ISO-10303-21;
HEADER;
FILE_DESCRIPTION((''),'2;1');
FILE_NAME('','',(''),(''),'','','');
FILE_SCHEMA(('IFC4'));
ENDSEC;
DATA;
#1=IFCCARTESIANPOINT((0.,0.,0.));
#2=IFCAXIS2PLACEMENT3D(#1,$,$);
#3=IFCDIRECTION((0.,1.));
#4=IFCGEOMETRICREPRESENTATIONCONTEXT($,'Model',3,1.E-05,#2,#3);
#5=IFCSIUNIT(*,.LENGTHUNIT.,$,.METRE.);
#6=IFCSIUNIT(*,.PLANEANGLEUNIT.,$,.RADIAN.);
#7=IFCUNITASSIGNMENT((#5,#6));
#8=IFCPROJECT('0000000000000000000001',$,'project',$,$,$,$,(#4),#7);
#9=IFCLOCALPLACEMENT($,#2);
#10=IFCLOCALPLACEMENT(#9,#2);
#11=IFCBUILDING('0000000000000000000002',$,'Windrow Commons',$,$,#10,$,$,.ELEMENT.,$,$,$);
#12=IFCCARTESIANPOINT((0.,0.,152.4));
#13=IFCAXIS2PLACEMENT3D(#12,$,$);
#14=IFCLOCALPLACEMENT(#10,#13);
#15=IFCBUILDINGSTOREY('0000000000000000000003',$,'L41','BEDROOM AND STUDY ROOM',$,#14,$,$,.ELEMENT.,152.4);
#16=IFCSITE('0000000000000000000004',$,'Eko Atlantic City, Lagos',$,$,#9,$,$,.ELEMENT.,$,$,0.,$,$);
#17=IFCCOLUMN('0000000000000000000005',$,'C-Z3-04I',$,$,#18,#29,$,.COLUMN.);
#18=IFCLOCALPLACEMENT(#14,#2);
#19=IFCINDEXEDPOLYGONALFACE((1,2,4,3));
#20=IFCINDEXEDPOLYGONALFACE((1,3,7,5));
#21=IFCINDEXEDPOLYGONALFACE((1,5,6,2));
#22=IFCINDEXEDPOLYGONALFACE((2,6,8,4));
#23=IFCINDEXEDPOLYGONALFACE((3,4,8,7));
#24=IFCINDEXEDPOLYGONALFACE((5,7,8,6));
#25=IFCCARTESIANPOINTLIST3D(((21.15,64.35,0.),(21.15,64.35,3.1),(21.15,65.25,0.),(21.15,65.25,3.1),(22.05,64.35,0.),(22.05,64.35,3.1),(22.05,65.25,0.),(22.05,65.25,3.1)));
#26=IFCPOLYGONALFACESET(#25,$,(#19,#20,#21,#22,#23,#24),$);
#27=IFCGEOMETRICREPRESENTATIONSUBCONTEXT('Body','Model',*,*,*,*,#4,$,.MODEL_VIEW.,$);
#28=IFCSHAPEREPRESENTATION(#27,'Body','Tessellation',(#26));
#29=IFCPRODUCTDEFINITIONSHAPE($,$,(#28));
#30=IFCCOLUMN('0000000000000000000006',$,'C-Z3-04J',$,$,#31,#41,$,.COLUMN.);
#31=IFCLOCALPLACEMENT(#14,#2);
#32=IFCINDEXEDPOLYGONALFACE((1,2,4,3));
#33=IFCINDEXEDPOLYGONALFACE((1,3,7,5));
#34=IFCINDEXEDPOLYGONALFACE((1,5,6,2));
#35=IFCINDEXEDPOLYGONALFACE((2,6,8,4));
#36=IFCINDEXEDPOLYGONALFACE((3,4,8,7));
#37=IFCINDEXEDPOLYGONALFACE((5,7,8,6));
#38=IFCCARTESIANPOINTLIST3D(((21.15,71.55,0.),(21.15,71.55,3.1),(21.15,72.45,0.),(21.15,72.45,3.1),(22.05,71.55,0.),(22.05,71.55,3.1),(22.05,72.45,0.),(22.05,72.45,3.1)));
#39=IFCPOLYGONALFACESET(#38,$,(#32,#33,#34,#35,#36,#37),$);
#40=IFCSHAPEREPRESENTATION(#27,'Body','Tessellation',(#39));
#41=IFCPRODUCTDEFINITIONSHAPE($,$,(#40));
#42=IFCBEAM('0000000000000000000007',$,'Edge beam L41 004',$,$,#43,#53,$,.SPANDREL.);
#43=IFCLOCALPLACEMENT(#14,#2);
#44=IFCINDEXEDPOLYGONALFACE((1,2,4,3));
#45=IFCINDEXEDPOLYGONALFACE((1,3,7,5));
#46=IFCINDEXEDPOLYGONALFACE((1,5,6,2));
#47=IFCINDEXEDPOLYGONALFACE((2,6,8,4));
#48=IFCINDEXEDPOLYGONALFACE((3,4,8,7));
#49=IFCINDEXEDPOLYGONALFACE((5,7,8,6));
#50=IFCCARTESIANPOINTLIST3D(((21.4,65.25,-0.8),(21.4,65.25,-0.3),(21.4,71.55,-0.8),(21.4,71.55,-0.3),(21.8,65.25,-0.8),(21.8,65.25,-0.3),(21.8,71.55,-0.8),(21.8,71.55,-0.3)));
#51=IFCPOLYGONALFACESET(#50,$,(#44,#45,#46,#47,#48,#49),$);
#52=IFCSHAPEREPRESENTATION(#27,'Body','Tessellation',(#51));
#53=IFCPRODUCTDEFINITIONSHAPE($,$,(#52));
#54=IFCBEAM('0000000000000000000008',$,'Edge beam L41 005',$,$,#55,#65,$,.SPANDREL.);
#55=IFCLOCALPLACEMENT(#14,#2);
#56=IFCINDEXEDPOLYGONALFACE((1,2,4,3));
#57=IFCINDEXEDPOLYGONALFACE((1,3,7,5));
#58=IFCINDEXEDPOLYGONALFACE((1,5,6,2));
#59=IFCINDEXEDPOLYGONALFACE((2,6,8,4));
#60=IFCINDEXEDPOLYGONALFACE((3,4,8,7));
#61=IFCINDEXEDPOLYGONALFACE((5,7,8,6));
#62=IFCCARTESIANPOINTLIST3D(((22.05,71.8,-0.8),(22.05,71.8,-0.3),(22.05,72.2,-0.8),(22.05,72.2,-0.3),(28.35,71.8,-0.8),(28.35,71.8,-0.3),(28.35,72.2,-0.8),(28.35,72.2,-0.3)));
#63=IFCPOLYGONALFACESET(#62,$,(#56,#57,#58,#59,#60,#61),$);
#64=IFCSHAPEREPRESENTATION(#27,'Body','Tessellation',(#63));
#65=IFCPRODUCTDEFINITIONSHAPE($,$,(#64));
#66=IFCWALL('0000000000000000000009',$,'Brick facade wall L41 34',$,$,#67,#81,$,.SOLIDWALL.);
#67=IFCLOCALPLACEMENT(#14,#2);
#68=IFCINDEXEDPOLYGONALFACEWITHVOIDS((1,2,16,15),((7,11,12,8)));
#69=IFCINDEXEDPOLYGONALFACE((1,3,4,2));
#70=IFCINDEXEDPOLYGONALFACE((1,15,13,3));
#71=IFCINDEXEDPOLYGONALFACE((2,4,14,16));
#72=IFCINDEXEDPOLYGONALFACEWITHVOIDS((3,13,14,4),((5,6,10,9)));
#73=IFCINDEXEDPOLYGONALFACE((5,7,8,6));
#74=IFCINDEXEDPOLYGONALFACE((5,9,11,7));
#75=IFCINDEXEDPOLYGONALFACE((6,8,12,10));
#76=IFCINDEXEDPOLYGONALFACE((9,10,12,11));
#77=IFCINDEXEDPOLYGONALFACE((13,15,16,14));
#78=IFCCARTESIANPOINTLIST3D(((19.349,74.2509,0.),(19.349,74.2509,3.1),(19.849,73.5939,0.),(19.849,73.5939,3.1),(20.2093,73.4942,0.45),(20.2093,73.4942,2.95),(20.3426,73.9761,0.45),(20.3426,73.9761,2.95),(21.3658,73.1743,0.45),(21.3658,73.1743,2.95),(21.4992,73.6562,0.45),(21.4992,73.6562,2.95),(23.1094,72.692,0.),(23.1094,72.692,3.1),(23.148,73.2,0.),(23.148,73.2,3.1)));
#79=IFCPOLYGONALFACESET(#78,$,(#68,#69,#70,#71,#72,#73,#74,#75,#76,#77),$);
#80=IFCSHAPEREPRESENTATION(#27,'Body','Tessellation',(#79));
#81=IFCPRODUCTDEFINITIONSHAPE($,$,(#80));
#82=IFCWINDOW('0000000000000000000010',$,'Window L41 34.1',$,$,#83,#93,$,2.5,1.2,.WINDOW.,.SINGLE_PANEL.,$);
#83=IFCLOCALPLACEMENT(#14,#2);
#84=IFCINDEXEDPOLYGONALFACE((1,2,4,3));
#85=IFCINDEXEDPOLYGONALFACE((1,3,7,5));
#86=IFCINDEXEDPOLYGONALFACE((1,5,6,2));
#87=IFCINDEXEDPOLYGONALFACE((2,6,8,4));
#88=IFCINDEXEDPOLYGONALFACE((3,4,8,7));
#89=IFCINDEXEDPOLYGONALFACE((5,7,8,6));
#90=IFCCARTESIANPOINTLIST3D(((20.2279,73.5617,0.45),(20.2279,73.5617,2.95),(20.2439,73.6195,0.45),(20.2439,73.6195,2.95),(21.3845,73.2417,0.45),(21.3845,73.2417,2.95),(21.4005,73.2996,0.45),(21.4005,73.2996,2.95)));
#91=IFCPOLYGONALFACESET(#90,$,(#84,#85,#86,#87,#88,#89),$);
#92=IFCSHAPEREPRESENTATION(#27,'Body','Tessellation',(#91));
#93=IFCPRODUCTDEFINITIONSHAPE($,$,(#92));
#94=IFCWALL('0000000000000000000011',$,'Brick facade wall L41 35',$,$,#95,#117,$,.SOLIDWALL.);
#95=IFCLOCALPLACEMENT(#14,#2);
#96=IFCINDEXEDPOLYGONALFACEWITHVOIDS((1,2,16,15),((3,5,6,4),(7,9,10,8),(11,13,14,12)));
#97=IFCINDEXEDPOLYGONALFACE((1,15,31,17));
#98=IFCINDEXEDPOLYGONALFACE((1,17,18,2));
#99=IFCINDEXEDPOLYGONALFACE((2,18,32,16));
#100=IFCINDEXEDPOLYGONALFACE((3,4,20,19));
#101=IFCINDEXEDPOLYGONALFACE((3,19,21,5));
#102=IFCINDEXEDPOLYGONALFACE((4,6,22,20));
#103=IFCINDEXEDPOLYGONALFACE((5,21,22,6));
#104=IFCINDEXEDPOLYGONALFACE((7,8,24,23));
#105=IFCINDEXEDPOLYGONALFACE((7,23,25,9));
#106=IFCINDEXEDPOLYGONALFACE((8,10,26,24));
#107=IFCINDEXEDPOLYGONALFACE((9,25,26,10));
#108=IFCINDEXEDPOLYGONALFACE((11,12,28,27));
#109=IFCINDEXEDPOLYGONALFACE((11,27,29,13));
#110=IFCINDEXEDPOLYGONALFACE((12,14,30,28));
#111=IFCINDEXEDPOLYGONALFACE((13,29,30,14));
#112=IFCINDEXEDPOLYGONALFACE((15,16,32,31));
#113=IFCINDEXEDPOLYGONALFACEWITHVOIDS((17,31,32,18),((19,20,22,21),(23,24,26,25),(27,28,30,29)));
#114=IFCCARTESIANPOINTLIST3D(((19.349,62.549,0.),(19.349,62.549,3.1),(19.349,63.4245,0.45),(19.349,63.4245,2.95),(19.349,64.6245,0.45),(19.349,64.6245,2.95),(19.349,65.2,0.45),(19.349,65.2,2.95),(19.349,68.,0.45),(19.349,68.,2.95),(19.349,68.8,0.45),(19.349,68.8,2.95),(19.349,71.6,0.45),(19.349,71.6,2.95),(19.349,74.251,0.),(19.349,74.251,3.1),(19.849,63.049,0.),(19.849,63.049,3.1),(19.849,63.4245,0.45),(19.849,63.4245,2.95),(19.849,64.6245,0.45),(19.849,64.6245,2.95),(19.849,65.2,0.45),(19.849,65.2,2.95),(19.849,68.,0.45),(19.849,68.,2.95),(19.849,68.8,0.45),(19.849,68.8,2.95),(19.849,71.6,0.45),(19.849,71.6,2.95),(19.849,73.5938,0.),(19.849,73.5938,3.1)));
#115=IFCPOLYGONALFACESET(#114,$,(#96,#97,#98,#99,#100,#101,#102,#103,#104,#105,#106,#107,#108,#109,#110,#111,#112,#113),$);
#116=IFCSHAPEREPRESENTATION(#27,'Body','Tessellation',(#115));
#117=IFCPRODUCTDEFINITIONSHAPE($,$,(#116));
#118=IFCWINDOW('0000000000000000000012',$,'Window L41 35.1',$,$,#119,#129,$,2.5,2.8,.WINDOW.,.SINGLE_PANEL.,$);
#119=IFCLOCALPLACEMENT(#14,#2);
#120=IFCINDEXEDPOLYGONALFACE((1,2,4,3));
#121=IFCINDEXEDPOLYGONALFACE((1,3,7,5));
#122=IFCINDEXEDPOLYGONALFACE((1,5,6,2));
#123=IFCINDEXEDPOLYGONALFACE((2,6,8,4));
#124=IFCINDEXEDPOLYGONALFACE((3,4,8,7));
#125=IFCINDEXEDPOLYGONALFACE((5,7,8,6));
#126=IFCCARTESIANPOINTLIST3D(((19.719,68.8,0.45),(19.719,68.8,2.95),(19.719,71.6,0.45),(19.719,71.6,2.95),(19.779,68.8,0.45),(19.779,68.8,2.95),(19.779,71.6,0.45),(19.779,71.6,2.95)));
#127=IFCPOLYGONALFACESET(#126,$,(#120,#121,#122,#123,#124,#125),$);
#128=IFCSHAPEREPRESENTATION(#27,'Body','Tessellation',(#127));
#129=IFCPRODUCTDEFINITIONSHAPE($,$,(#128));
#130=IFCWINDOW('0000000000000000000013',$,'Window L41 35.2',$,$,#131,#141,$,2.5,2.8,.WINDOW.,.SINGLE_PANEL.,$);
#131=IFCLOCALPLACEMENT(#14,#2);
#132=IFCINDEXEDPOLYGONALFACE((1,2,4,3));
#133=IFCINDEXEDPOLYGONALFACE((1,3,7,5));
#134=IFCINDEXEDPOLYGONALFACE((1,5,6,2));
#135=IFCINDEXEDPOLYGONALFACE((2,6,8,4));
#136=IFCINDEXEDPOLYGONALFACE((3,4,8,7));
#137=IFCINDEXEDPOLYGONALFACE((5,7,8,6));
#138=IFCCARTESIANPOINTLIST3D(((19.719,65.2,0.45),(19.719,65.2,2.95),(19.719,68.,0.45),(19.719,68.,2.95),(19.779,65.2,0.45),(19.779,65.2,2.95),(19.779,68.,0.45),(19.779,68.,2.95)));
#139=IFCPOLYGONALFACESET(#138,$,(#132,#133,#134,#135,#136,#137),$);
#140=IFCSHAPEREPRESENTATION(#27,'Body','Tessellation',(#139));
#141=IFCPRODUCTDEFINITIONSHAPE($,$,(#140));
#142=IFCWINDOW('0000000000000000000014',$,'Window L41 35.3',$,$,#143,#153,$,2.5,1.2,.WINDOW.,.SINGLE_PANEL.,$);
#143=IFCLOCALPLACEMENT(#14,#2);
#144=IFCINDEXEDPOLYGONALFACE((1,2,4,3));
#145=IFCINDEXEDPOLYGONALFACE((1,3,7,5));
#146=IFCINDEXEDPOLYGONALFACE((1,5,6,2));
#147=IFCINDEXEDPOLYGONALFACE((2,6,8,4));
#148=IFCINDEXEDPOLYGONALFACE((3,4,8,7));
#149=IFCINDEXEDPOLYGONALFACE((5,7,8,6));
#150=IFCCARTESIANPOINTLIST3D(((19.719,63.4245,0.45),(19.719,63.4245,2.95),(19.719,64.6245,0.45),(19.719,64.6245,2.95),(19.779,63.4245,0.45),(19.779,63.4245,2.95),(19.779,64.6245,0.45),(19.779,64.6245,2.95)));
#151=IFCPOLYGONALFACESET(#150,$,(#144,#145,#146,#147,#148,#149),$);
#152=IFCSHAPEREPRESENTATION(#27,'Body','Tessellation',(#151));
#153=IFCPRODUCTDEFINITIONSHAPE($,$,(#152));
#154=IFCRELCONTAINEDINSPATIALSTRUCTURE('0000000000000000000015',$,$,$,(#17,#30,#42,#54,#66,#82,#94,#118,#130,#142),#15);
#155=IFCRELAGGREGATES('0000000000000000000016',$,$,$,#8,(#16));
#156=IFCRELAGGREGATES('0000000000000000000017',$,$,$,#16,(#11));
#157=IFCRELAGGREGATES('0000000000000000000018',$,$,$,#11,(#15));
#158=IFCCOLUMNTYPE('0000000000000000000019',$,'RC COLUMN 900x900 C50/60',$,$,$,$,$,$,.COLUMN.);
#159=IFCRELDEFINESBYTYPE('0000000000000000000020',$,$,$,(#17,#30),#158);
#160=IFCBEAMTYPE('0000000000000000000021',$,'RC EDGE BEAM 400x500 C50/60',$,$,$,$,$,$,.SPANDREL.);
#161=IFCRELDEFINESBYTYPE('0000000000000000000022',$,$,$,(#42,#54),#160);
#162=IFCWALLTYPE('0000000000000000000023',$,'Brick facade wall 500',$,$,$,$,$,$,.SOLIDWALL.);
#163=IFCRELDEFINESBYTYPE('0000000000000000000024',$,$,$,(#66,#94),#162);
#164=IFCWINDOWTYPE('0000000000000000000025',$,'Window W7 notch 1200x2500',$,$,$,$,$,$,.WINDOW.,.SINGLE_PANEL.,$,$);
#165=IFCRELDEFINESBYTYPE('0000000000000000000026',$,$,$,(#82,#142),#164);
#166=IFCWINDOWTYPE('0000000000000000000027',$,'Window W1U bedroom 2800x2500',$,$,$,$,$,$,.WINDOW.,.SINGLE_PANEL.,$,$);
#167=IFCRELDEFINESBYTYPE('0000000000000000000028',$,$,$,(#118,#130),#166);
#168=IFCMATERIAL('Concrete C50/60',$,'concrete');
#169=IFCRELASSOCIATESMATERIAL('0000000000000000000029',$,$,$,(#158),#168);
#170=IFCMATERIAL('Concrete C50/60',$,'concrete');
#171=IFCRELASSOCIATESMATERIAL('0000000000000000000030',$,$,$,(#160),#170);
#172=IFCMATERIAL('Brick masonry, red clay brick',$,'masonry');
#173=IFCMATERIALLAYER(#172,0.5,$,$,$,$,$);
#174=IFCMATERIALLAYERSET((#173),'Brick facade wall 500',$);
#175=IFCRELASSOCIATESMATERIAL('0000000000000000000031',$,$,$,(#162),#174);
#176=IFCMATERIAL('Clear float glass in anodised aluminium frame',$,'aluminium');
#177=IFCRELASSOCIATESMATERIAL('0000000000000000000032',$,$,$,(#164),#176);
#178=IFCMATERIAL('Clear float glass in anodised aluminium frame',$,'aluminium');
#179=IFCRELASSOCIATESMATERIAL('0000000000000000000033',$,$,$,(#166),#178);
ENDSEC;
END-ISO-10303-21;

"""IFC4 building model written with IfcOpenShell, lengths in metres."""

from ifc_helpers import new_model, si_unit, direction, frame, frame_2d, origin, origin_2d, place, context, subcontext, project, spatial, polyline, rectangle, outline, extrude, material, layer, layer_set, material_profile, profile_set, type_object, element, fill, save


model = new_model("IFC4")

# Units and contexts
model_context = context("Model", 3, precision=1e-05, world=origin(), true_north=direction((0.0, 1.0)))
body_context = subcontext(model_context, "Body", "Model", "MODEL_VIEW")
ifc_project = project(units=[si_unit("LENGTHUNIT", "METRE"), si_unit("PLANEANGLEUNIT", "RADIAN")], contexts=[model_context])

# Site, building, storey
site_placement = place(None, origin())
site = spatial("IfcSite", under=ifc_project, at=site_placement, Name="Eko Atlantic City, Lagos", CompositionType="ELEMENT", RefElevation=0.0)
building_placement = place(site_placement, origin())
building = spatial("IfcBuilding", under=site, at=building_placement, Name="Windrow Commons", CompositionType="ELEMENT")
storey_placement = place(building_placement, frame((0.0, 0.0, 152.4)))
storey = spatial("IfcBuildingStorey", under=building, at=storey_placement, Name="L41", Description="BEDROOM AND STUDY ROOM", CompositionType="ELEMENT", Elevation=152.4)

# Columns
ifc_material_1 = material(Name="Concrete C50/60", Category="concrete")
ifc_material_profile_1 = material_profile(ifc_material_1, rectangle(XDim=0.9, YDim=0.9, at=origin_2d()))
ifc_profile_set_1 = profile_set([ifc_material_profile_1], Name="Concrete C50/60")
column_type = type_object("IfcColumnType", Name="RC COLUMN 900x900 C50/60", PredefinedType="COLUMN", material=ifc_profile_set_1)
for number, where, z_axis, x_axis, name in (
    (1, (21.6, 64.8, 0.0), (0.0, 0.0, 1.0), (1.0, 0.0, 0.0), "C-Z3-04I"),
    (2, (21.6, 72.0, 0.0), (0.0, 0.0, 1.0), (1.0, 0.0, 0.0), "C-Z3-04J"),
):
    element("IfcColumn", number, at=place(storey_placement, frame(where, z_axis=z_axis, x_axis=x_axis)), inside=storey, type_object=column_type, Name=name, PredefinedType="COLUMN", context=body_context, shape_type="SweptSolid", body=[
        extrude(rectangle(XDim=0.9, YDim=0.9, at=origin_2d()), origin(), (0.0, 0.0, 1.0), 3.1),
    ])

# Beams
ifc_material_2 = material(Name="Concrete C50/60", Category="concrete")
ifc_material_profile_2 = material_profile(ifc_material_2, rectangle(XDim=0.4, YDim=0.5, at=origin_2d()))
ifc_profile_set_2 = profile_set([ifc_material_profile_2], Name="Concrete C50/60")
beam_type = type_object("IfcBeamType", Name="RC EDGE BEAM 400x500 C50/60", PredefinedType="SPANDREL", material=ifc_profile_set_2)
for number, where, z_axis, x_axis, name in (
    (3, (21.6, 65.25, -0.55), (0.0, 1.0, 0.0), (-1.0, 0.0, 0.0), "Edge beam L41 004"),
    (4, (22.05, 72.0, -0.55), (1.0, 0.0, 0.0), (0.0, 1.0, 0.0), "Edge beam L41 005"),
):
    element("IfcBeam", number, at=place(storey_placement, frame(where, z_axis=z_axis, x_axis=x_axis)), inside=storey, type_object=beam_type, Name=name, PredefinedType="SPANDREL", context=body_context, shape_type="SweptSolid", body=[
        extrude(rectangle(XDim=0.4, YDim=0.5, at=origin_2d()), origin(), (0.0, 0.0, 1.0), 6.3),
    ])

# Wall, opening, window
ifc_material_3 = material(Name="Brick masonry, red clay brick", Category="masonry")
ifc_layer_1 = layer(ifc_material_3, 0.5)
ifc_layer_set_1 = layer_set([ifc_layer_1], Name="Brick facade wall 500")
wall_type_1 = type_object("IfcWallType", Name="Brick facade wall 500", PredefinedType="SOLIDWALL", material=ifc_layer_set_1)
wall_1_placement = place(storey_placement, frame((23.1287, 72.946, 0.0), z_axis=(0.0, 0.0, 1.0), x_axis=(-0.963804, 0.266611, 0.0)))
wall_1 = element("IfcWall", 5, at=wall_1_placement, inside=storey, type_object=wall_type_1, Name="Brick facade wall L41 34", PredefinedType="SOLIDWALL", context=body_context, shape_type="SweptSolid", body=[
    extrude(outline(polyline([(0.0491, -0.25), (3.9908, -0.25), (3.3337, 0.25), (-0.0491, 0.25), (0.0491, -0.25)])), origin(), (0.0, 0.0, 1.0), 3.1),
])
opening_1_placement = place(wall_1_placement, frame((1.7599, 0.0, 0.45)))
opening_1 = element("IfcOpeningElement", 6, at=opening_1_placement, cuts=wall_1, PredefinedType="OPENING", context=body_context, shape_type="SweptSolid", body=[
    extrude(rectangle(XDim=1.2, YDim=2.5, at=frame_2d((0.6, 1.25))), frame((0.0, 0.26, 0.0), z_axis=(0.0, -1.0, 0.0), x_axis=(1.0, 0.0, 0.0)), (0.0, 0.0, 1.0), 0.52),
])
ifc_material_4 = material(Name="Clear float glass in anodised aluminium frame", Category="aluminium")
window_type_1 = type_object("IfcWindowType", Name="Window W7 notch 1200x2500", PartitioningType="SINGLE_PANEL", PredefinedType="WINDOW", material=ifc_material_4)
window_1_placement = place(opening_1_placement, origin())
window_1 = element("IfcWindow", 7, at=window_1_placement, inside=storey, type_object=window_type_1, Name="Window L41 34.1", OverallHeight=2.5, OverallWidth=1.2, PartitioningType="SINGLE_PANEL", PredefinedType="WINDOW", context=body_context, shape_type="SweptSolid", body=[
    extrude(rectangle(XDim=1.2, YDim=2.5, at=frame_2d((0.6, 1.25))), frame((0.0, 0.18, 0.0), z_axis=(0.0, -1.0, 0.0), x_axis=(1.0, 0.0, 0.0)), (0.0, 0.0, 1.0), 0.06),
])
fill(opening_1, window_1)

# Wall, openings, windows
wall_2_placement = place(storey_placement, frame((19.599, 73.9224, 0.0), z_axis=(0.0, 0.0, 1.0), x_axis=(0.0, -1.0, 0.0)))
wall_2 = element("IfcWall", 8, at=wall_2_placement, inside=storey, type_object=wall_type_1, Name="Brick facade wall L41 35", PredefinedType="SOLIDWALL", context=body_context, shape_type="SweptSolid", body=[
    extrude(outline(polyline([(-0.3286, -0.25), (11.3734, -0.25), (10.8734, 0.25), (0.3286, 0.25), (-0.3286, -0.25)])), origin(), (0.0, 0.0, 1.0), 3.1),
])
opening_2_placement = place(wall_2_placement, frame((2.3224, 0.0, 0.45)))
opening_2 = element("IfcOpeningElement", 9, at=opening_2_placement, cuts=wall_2, PredefinedType="OPENING", context=body_context, shape_type="SweptSolid", body=[
    extrude(rectangle(XDim=2.8, YDim=2.5, at=frame_2d((1.4, 1.25))), frame((0.0, 0.26, 0.0), z_axis=(0.0, -1.0, 0.0), x_axis=(1.0, 0.0, 0.0)), (0.0, 0.0, 1.0), 0.52),
])
opening_3_placement = place(wall_2_placement, frame((5.9224, 0.0, 0.45)))
opening_3 = element("IfcOpeningElement", 10, at=opening_3_placement, cuts=wall_2, PredefinedType="OPENING", context=body_context, shape_type="SweptSolid", body=[
    extrude(rectangle(XDim=2.8, YDim=2.5, at=frame_2d((1.4, 1.25))), frame((0.0, 0.26, 0.0), z_axis=(0.0, -1.0, 0.0), x_axis=(1.0, 0.0, 0.0)), (0.0, 0.0, 1.0), 0.52),
])
opening_4_placement = place(wall_2_placement, frame((9.2979, 0.0, 0.45)))
opening_4 = element("IfcOpeningElement", 11, at=opening_4_placement, cuts=wall_2, PredefinedType="OPENING", context=body_context, shape_type="SweptSolid", body=[
    extrude(rectangle(XDim=1.2, YDim=2.5, at=frame_2d((0.6, 1.25))), frame((0.0, 0.26, 0.0), z_axis=(0.0, -1.0, 0.0), x_axis=(1.0, 0.0, 0.0)), (0.0, 0.0, 1.0), 0.52),
])
ifc_material_5 = material(Name="Clear float glass in anodised aluminium frame", Category="aluminium")
window_type_2 = type_object("IfcWindowType", Name="Window W1U bedroom 2800x2500", PartitioningType="SINGLE_PANEL", PredefinedType="WINDOW", material=ifc_material_5)
window_2_placement = place(opening_2_placement, origin())
window_2 = element("IfcWindow", 12, at=window_2_placement, inside=storey, type_object=window_type_2, Name="Window L41 35.1", OverallHeight=2.5, OverallWidth=2.8, PartitioningType="SINGLE_PANEL", PredefinedType="WINDOW", context=body_context, shape_type="SweptSolid", body=[
    extrude(rectangle(XDim=2.8, YDim=2.5, at=frame_2d((1.4, 1.25))), frame((0.0, 0.18, 0.0), z_axis=(0.0, -1.0, 0.0), x_axis=(1.0, 0.0, 0.0)), (0.0, 0.0, 1.0), 0.06),
])
fill(opening_2, window_2)
window_3_placement = place(opening_3_placement, origin())
window_3 = element("IfcWindow", 13, at=window_3_placement, inside=storey, type_object=window_type_2, Name="Window L41 35.2", OverallHeight=2.5, OverallWidth=2.8, PartitioningType="SINGLE_PANEL", PredefinedType="WINDOW", context=body_context, shape_type="SweptSolid", body=[
    extrude(rectangle(XDim=2.8, YDim=2.5, at=frame_2d((1.4, 1.25))), frame((0.0, 0.18, 0.0), z_axis=(0.0, -1.0, 0.0), x_axis=(1.0, 0.0, 0.0)), (0.0, 0.0, 1.0), 0.06),
])
fill(opening_3, window_3)
window_4_placement = place(opening_4_placement, origin())
window_4 = element("IfcWindow", 14, at=window_4_placement, inside=storey, type_object=window_type_1, Name="Window L41 35.3", OverallHeight=2.5, OverallWidth=1.2, PartitioningType="SINGLE_PANEL", PredefinedType="WINDOW", context=body_context, shape_type="SweptSolid", body=[
    extrude(rectangle(XDim=1.2, YDim=2.5, at=frame_2d((0.6, 1.25))), frame((0.0, 0.18, 0.0), z_axis=(0.0, -1.0, 0.0), x_axis=(1.0, 0.0, 0.0)), (0.0, 0.0, 1.0), 0.06),
])
fill(opening_4, window_4)

save(model, "model.ifc")
